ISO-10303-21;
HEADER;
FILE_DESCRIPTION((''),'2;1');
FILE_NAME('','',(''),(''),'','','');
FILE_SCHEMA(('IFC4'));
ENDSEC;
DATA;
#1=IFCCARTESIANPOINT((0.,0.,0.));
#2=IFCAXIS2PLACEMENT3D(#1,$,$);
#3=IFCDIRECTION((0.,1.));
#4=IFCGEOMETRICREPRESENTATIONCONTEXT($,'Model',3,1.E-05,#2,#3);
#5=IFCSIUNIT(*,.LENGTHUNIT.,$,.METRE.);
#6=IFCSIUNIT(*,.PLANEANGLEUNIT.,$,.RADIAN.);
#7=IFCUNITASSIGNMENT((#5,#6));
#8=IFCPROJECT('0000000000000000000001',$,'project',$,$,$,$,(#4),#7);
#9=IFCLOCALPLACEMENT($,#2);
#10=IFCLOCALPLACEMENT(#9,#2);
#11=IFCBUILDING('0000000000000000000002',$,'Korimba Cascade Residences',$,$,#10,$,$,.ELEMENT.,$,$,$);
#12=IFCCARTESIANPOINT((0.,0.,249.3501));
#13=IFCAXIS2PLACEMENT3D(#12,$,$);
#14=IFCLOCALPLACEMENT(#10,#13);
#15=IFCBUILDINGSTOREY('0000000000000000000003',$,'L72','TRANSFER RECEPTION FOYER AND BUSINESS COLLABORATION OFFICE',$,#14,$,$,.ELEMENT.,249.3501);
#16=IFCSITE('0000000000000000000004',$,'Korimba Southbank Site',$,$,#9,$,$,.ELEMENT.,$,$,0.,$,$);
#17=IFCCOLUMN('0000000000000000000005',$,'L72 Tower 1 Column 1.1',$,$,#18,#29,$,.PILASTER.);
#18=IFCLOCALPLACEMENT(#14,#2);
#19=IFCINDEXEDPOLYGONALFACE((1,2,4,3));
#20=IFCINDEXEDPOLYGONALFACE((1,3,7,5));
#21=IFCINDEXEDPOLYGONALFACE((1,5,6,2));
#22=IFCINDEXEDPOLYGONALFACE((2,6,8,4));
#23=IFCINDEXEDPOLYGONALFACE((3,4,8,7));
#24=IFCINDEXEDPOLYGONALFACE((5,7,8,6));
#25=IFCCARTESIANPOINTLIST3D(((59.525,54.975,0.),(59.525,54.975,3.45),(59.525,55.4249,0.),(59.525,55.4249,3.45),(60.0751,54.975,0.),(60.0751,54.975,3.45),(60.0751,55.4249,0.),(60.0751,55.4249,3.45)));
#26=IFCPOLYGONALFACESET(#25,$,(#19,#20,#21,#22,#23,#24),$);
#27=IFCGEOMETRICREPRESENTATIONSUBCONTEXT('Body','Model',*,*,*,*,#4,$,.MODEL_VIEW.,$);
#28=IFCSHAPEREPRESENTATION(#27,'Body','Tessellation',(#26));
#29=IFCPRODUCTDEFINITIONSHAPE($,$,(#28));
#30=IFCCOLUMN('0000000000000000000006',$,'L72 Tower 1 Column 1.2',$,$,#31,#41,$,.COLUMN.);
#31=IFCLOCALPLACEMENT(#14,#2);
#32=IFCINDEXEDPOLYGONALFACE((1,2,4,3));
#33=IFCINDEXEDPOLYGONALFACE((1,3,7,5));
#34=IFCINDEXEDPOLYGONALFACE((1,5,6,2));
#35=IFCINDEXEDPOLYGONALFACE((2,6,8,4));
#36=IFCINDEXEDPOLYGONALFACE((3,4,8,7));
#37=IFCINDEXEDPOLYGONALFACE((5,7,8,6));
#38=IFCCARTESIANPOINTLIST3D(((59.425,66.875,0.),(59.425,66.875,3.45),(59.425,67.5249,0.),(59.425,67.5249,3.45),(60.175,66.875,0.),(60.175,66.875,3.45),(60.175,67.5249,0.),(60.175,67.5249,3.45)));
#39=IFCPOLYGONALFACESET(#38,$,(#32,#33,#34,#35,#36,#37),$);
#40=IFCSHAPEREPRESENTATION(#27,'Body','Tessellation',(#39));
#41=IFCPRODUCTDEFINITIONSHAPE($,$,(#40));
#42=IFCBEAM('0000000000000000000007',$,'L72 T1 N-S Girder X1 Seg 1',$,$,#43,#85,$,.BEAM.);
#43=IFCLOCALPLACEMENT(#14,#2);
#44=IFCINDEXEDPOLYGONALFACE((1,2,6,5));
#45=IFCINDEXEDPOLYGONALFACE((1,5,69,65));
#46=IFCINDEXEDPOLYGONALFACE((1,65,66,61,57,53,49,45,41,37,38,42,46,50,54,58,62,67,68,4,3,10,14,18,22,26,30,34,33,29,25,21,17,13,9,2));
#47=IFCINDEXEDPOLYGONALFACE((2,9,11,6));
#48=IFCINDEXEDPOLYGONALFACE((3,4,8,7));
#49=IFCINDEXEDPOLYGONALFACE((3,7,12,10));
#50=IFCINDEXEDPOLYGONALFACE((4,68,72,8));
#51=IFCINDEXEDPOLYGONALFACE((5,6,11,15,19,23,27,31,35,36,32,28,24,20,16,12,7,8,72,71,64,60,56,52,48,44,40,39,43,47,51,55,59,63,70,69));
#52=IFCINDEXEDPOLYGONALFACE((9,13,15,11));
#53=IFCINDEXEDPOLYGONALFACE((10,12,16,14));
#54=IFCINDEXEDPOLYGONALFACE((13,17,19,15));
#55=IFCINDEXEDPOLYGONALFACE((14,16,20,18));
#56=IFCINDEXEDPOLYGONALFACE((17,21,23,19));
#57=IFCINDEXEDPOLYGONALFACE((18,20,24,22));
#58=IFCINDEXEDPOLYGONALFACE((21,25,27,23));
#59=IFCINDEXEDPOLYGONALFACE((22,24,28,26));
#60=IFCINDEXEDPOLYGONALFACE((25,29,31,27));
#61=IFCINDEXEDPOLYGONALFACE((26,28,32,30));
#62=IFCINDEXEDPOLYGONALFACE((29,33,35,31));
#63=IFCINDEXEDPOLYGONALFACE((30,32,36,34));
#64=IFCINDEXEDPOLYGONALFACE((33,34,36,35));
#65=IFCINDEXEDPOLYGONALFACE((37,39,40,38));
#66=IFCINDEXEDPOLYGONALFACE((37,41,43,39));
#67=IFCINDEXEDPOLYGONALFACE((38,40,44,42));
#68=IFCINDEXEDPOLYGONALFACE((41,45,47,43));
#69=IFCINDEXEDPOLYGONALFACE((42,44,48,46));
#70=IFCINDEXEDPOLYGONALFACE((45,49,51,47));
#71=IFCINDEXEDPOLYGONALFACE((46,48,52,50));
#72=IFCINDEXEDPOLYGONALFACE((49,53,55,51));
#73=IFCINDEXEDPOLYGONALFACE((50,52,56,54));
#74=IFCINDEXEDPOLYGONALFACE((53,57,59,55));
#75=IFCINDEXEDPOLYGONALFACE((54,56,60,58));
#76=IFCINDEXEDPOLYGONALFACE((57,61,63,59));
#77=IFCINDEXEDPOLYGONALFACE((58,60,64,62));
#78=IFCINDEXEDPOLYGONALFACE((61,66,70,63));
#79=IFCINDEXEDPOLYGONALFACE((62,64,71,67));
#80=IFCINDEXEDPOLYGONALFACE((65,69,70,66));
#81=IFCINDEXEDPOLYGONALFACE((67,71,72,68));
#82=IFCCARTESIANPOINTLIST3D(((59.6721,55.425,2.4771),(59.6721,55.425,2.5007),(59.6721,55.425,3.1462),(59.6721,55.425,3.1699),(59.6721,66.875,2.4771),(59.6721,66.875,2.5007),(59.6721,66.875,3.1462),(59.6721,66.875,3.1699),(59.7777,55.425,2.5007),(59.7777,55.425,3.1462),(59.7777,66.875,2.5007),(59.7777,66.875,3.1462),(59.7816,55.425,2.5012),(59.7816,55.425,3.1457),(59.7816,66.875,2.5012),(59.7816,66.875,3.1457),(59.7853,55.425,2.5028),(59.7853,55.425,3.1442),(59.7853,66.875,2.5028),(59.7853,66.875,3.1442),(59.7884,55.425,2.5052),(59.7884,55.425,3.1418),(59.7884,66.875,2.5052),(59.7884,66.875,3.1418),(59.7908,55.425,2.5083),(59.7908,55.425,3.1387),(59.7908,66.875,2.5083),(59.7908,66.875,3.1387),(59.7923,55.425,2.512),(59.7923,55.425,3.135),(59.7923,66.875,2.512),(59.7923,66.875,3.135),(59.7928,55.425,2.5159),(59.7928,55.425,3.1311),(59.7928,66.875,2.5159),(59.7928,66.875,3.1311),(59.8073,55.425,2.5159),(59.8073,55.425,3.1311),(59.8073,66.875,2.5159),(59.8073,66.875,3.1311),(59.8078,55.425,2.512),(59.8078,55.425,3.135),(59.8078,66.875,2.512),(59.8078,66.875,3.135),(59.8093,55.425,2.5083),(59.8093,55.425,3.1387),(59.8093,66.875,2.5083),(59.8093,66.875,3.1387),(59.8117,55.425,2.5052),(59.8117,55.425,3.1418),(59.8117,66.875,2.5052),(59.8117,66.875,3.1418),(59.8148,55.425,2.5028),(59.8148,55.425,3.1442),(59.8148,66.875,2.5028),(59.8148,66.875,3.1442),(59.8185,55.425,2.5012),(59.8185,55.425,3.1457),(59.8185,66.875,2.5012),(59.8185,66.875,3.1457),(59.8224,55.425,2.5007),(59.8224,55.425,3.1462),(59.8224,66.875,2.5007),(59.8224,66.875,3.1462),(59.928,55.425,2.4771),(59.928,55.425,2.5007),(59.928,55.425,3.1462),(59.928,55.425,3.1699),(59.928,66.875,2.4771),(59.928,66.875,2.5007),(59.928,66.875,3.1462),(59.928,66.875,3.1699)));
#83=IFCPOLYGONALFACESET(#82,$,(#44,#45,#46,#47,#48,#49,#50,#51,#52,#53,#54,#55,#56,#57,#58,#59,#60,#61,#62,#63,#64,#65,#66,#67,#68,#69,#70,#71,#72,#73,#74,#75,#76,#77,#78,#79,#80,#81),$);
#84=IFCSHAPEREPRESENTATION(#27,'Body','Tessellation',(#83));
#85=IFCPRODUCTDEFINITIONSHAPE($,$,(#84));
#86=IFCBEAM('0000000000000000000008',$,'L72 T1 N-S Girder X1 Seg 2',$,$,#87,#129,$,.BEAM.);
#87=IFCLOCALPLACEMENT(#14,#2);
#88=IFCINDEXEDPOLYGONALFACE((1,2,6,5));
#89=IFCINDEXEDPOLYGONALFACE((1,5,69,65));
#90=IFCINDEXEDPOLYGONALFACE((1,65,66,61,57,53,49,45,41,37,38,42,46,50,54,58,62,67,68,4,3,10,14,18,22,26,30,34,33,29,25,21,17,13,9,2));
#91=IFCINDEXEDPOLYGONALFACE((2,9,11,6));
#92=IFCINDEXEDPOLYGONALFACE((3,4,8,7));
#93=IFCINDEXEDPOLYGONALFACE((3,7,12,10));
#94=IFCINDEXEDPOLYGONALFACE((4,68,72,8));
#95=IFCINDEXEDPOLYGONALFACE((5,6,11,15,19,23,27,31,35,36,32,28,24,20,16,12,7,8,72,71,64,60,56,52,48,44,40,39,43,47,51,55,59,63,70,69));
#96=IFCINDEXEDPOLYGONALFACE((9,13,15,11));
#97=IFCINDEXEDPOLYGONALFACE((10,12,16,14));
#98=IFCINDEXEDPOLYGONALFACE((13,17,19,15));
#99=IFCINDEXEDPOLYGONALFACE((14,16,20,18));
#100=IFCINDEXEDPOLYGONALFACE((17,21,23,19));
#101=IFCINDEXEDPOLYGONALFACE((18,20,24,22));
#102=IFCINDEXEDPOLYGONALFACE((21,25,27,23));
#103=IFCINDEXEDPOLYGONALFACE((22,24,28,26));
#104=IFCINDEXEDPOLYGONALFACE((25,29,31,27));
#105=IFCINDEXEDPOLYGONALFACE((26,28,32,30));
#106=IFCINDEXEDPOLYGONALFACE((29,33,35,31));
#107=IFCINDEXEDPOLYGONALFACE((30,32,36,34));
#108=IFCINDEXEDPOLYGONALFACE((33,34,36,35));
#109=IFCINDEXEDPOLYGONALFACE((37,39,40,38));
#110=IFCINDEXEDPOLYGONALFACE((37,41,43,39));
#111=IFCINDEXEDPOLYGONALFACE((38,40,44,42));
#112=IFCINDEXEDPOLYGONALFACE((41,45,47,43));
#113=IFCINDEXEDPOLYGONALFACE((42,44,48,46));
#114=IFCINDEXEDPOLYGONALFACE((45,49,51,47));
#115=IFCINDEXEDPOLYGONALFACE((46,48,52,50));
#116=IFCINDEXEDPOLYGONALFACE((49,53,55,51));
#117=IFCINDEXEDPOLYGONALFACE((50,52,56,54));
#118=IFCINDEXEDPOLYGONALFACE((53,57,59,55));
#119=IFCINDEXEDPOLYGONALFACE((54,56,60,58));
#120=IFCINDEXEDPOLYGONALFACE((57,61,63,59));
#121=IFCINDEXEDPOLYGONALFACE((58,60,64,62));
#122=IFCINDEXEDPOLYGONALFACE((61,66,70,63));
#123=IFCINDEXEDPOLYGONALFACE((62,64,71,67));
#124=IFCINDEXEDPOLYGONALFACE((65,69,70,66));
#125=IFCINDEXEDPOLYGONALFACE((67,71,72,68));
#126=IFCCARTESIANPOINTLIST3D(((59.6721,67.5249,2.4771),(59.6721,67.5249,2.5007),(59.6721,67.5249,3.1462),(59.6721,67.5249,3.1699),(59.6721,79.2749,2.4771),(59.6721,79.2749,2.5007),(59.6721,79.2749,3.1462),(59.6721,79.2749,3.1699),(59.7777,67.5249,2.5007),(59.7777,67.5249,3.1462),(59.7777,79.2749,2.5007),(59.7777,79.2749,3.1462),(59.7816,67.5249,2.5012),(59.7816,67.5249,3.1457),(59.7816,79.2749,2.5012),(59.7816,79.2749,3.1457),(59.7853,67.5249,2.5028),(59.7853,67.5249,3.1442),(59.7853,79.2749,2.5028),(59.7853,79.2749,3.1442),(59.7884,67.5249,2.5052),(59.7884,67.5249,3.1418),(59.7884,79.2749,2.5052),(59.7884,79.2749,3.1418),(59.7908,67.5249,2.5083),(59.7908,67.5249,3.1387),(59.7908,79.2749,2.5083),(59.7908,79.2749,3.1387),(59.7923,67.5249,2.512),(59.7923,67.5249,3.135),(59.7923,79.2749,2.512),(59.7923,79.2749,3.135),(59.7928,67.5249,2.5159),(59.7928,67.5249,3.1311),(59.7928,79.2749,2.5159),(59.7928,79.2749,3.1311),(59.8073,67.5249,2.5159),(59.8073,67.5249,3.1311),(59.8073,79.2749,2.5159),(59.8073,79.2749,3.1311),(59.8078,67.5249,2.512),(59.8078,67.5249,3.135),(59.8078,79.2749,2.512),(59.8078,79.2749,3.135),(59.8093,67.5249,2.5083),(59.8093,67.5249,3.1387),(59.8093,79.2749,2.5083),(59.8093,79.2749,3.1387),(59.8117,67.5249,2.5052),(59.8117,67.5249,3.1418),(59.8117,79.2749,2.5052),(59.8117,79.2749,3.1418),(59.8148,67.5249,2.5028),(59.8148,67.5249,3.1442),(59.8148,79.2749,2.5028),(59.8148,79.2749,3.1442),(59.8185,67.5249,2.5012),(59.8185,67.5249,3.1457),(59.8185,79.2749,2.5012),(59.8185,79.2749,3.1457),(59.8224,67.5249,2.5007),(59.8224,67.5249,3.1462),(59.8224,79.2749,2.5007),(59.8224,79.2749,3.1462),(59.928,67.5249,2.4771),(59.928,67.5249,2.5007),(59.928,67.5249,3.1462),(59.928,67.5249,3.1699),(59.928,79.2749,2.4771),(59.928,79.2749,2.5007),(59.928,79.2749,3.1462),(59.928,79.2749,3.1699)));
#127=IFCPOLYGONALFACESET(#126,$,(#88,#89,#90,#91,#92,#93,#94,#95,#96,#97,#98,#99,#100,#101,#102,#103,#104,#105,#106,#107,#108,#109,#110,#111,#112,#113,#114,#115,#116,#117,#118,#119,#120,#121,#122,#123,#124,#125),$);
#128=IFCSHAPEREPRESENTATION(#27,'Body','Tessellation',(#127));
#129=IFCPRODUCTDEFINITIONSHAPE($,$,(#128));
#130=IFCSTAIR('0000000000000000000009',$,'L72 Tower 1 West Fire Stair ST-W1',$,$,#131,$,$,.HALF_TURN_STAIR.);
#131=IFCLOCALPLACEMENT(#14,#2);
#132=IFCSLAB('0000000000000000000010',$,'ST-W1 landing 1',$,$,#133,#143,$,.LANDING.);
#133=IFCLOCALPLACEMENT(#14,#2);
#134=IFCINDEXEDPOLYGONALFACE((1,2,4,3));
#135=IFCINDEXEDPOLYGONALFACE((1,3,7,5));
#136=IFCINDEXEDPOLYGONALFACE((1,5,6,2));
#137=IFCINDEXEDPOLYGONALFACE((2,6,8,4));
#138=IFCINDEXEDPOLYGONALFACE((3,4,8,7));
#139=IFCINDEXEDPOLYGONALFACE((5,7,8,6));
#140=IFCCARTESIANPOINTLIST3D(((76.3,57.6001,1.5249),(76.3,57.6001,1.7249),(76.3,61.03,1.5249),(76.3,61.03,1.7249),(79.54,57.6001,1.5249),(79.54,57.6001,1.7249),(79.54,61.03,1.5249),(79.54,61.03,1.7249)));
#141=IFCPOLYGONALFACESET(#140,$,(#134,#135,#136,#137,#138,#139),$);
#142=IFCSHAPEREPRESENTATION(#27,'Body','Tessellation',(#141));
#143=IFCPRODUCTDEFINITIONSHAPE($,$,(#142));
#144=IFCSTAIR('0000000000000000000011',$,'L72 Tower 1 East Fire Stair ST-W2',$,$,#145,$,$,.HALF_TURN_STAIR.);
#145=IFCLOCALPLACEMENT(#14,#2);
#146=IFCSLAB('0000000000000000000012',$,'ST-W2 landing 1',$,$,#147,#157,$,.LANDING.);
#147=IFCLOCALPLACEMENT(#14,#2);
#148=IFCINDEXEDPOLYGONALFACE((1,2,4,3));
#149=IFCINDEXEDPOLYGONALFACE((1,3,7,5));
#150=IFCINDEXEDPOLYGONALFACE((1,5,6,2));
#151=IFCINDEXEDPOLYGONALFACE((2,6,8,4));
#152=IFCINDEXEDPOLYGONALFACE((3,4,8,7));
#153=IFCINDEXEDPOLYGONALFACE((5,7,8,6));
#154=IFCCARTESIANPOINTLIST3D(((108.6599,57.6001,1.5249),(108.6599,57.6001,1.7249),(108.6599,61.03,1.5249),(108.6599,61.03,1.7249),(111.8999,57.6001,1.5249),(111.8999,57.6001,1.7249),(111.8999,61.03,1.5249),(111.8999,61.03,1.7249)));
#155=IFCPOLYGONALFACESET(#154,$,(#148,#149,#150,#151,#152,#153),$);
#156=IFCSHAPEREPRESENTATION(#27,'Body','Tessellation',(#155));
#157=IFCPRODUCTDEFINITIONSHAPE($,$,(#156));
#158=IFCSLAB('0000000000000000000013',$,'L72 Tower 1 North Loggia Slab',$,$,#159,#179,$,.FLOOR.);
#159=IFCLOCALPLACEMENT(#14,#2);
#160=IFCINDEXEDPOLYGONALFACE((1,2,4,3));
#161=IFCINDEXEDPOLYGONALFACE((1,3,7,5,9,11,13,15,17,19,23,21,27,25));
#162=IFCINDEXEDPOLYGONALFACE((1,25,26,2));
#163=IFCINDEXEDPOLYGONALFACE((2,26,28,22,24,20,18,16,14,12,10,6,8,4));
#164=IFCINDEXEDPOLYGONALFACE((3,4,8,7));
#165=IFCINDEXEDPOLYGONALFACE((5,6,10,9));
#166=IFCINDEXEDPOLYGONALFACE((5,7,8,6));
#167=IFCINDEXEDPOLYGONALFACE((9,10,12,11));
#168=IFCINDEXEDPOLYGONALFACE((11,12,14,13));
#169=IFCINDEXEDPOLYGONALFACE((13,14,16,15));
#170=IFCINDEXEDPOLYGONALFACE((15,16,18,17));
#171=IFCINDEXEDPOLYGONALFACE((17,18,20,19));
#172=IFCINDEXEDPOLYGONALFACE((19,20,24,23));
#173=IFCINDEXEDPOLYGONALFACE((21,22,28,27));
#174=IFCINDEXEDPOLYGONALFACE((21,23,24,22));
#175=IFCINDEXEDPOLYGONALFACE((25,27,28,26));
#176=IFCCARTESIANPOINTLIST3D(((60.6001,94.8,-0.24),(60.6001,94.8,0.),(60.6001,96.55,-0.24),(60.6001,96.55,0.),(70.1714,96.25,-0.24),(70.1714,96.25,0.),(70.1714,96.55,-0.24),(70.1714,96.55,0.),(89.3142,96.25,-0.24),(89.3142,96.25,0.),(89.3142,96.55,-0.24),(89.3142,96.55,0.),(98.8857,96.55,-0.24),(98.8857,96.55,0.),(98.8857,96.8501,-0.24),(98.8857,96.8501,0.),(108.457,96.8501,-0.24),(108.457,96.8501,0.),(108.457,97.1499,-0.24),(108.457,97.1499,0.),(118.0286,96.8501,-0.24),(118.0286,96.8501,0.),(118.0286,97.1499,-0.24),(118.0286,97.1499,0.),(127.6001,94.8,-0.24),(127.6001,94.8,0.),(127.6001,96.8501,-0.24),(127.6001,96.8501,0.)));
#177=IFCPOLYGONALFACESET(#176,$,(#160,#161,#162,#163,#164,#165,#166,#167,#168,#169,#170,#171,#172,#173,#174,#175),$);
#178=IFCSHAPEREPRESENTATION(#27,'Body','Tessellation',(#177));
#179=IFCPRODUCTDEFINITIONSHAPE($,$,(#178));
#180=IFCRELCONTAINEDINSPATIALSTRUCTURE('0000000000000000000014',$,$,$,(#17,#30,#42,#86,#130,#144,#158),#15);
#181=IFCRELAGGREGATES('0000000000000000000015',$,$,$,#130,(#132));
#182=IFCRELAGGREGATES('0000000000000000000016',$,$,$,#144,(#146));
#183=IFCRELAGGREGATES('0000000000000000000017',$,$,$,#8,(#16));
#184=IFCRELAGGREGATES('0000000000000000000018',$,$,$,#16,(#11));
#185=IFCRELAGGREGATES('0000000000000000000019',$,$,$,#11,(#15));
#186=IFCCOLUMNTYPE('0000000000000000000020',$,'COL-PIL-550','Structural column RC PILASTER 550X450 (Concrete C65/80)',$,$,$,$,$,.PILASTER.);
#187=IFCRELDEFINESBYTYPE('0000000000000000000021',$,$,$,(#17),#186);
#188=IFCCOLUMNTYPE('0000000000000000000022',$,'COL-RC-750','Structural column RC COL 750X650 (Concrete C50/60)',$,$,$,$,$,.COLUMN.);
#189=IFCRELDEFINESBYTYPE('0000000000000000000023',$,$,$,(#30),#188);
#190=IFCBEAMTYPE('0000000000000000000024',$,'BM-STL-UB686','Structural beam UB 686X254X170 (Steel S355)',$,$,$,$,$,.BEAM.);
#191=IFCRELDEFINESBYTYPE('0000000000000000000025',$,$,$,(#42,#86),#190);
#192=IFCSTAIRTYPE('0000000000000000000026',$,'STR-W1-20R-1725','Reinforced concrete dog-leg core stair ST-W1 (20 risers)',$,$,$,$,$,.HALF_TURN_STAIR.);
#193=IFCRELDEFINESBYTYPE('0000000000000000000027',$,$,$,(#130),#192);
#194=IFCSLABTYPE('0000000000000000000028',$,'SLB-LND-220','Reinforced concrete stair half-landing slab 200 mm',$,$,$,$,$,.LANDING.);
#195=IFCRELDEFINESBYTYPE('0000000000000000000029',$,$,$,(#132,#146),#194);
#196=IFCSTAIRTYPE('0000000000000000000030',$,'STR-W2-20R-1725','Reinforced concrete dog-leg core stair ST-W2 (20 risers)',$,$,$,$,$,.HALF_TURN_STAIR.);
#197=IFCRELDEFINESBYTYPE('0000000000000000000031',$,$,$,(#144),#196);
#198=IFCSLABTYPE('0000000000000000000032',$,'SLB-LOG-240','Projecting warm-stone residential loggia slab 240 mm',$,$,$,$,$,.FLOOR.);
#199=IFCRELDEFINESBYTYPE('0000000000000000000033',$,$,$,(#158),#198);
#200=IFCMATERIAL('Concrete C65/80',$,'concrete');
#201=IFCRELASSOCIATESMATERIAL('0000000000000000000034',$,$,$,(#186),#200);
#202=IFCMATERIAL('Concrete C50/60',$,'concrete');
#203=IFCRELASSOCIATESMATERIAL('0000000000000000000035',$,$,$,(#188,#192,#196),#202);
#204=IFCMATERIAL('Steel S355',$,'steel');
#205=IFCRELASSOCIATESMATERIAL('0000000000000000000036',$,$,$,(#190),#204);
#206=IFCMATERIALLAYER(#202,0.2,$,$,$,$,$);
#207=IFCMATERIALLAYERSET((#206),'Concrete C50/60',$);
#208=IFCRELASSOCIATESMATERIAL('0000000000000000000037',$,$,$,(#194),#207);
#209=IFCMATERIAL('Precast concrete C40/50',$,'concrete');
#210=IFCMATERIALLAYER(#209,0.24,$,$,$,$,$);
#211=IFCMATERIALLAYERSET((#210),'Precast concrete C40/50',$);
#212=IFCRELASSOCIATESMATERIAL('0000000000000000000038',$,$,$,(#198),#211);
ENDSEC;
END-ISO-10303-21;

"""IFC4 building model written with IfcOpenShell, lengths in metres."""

from ifc_helpers import new_model, si_unit, direction, frame, origin, origin_2d, place, context, subcontext, project, spatial, polyline, rectangle, i_section, outline, extrude, material, layer, layer_set, material_profile, profile_set, type_object, element, aggregate, save


model = new_model("IFC4")

# Units and contexts
model_context = context("Model", 3, precision=1e-05, world=origin(), true_north=direction((0.0, 1.0)))
body_context = subcontext(model_context, "Body", "Model", "MODEL_VIEW")
ifc_project = project(units=[si_unit("LENGTHUNIT", "METRE"), si_unit("PLANEANGLEUNIT", "RADIAN")], contexts=[model_context])

# Site, building, storey
site_placement = place(None, origin())
site = spatial("IfcSite", under=ifc_project, at=site_placement, Name="Korimba Southbank Site", CompositionType="ELEMENT", RefElevation=0.0)
building_placement = place(site_placement, origin())
building = spatial("IfcBuilding", under=site, at=building_placement, Name="Korimba Cascade Residences", CompositionType="ELEMENT")
storey_placement = place(building_placement, frame((0.0, 0.0, 249.3501)))
storey = spatial("IfcBuildingStorey", under=building, at=storey_placement, Name="L72", Description="TRANSFER RECEPTION FOYER AND BUSINESS COLLABORATION OFFICE", CompositionType="ELEMENT", Elevation=249.3501)

# Columns
ifc_material_1 = material(Name="Concrete C65/80", Category="concrete")
ifc_material_profile_1 = material_profile(ifc_material_1, rectangle(XDim=0.55, YDim=0.45, at=origin_2d()), Name="Concrete C65/80")
ifc_profile_set_1 = profile_set([ifc_material_profile_1], Name="Concrete C65/80")
column_type_1 = type_object("IfcColumnType", Name="COL-PIL-550", Description="Structural column RC PILASTER 550X450 (Concrete C65/80)", PredefinedType="PILASTER", material=ifc_profile_set_1)
column_1_placement = place(storey_placement, frame((59.8, 55.2, 0.0), z_axis=(0.0, 0.0, 1.0), x_axis=(1.0, 0.0, 0.0)))
element("IfcColumn", 1, at=column_1_placement, inside=storey, type_object=column_type_1, Name="L72 Tower 1 Column 1.1", PredefinedType="PILASTER", context=body_context, shape_type="SweptSolid", body=[
    extrude(rectangle(XDim=0.55, YDim=0.45, at=origin_2d()), origin(), (0.0, 0.0, 1.0), 3.45),
])
ifc_material_2 = material(Name="Concrete C50/60", Category="concrete")
ifc_material_profile_2 = material_profile(ifc_material_2, rectangle(XDim=0.75, YDim=0.6499, at=origin_2d()), Name="Concrete C50/60")
ifc_profile_set_2 = profile_set([ifc_material_profile_2], Name="Concrete C50/60")
column_type_2 = type_object("IfcColumnType", Name="COL-RC-750", Description="Structural column RC COL 750X650 (Concrete C50/60)", PredefinedType="COLUMN", material=ifc_profile_set_2)
column_2_placement = place(storey_placement, frame((59.8, 67.2, 0.0), z_axis=(0.0, 0.0, 1.0), x_axis=(1.0, 0.0, 0.0)))
element("IfcColumn", 2, at=column_2_placement, inside=storey, type_object=column_type_2, Name="L72 Tower 1 Column 1.2", PredefinedType="COLUMN", context=body_context, shape_type="SweptSolid", body=[
    extrude(rectangle(XDim=0.75, YDim=0.6499, at=origin_2d()), origin(), (0.0, 0.0, 1.0), 3.45),
])

# Beams
ifc_material_3 = material(Name="Steel S355", Category="steel")
ifc_material_profile_3 = material_profile(ifc_material_3, i_section(OverallWidth=0.2559, OverallDepth=0.6929, WebThickness=0.0144, FlangeThickness=0.0237, FilletRadius=0.0151, at=origin_2d()), Name="Steel S355")
ifc_profile_set_3 = profile_set([ifc_material_profile_3], Name="Steel S355")
beam_type = type_object("IfcBeamType", Name="BM-STL-UB686", Description="Structural beam UB 686X254X170 (Steel S355)", PredefinedType="BEAM", material=ifc_profile_set_3)
beam_1_placement = place(storey_placement, frame((59.8, 55.425, 2.8235), z_axis=(0.0, 1.0, 0.0), x_axis=(-1.0, 0.0, 0.0)))
element("IfcBeam", 3, at=beam_1_placement, inside=storey, type_object=beam_type, Name="L72 T1 N-S Girder X1 Seg 1", PredefinedType="BEAM", context=body_context, shape_type="SweptSolid", body=[
    extrude(i_section(OverallWidth=0.2559, OverallDepth=0.6929, WebThickness=0.0144, FlangeThickness=0.0237, FilletRadius=0.0151, at=origin_2d()), origin(), (0.0, 0.0, 1.0), 11.45),
])
beam_2_placement = place(storey_placement, frame((59.8, 67.5249, 2.8235), z_axis=(0.0, 1.0, 0.0), x_axis=(-1.0, 0.0, 0.0)))
element("IfcBeam", 4, at=beam_2_placement, inside=storey, type_object=beam_type, Name="L72 T1 N-S Girder X1 Seg 2", PredefinedType="BEAM", context=body_context, shape_type="SweptSolid", body=[
    extrude(i_section(OverallWidth=0.2559, OverallDepth=0.6929, WebThickness=0.0144, FlangeThickness=0.0237, FilletRadius=0.0151, at=origin_2d()), origin(), (0.0, 0.0, 1.0), 11.75),
])

# Stairs, slabs
stair_type_1 = type_object("IfcStairType", Name="STR-W1-20R-1725", Description="Reinforced concrete dog-leg core stair ST-W1 (20 risers)", PredefinedType="HALF_TURN_STAIR", material=ifc_material_2)
stair_1_placement = place(storey_placement, origin())
stair_1 = element("IfcStair", 5, at=stair_1_placement, inside=storey, type_object=stair_type_1, Name="L72 Tower 1 West Fire Stair ST-W1", PredefinedType="HALF_TURN_STAIR")
ifc_layer_1 = layer(ifc_material_2, 0.2)
ifc_layer_set_1 = layer_set([ifc_layer_1], Name="Concrete C50/60")
slab_type_1 = type_object("IfcSlabType", Name="SLB-LND-220", Description="Reinforced concrete stair half-landing slab 200 mm", PredefinedType="LANDING", material=ifc_layer_set_1)
slab_1_placement = place(storey_placement, frame((0.0, 0.0, 1.5249)))
slab_1 = element("IfcSlab", 6, at=slab_1_placement, type_object=slab_type_1, Name="ST-W1 landing 1", PredefinedType="LANDING", context=body_context, shape_type="SweptSolid", body=[
    extrude(outline(polyline([(76.3, 61.03), (76.3, 57.6001), (79.54, 57.6001), (79.54, 61.03), (76.3, 61.03)])), origin(), (0.0, 0.0, 1.0), 0.2),
])
aggregate(stair_1, [slab_1])
stair_type_2 = type_object("IfcStairType", Name="STR-W2-20R-1725", Description="Reinforced concrete dog-leg core stair ST-W2 (20 risers)", PredefinedType="HALF_TURN_STAIR", material=ifc_material_2)
stair_2_placement = place(storey_placement, origin())
stair_2 = element("IfcStair", 7, at=stair_2_placement, inside=storey, type_object=stair_type_2, Name="L72 Tower 1 East Fire Stair ST-W2", PredefinedType="HALF_TURN_STAIR")
slab_2_placement = place(storey_placement, frame((0.0, 0.0, 1.5249)))
slab_2 = element("IfcSlab", 8, at=slab_2_placement, type_object=slab_type_1, Name="ST-W2 landing 1", PredefinedType="LANDING", context=body_context, shape_type="SweptSolid", body=[
    extrude(outline(polyline([(108.6599, 61.03), (108.6599, 57.6001), (111.8999, 57.6001), (111.8999, 61.03), (108.6599, 61.03)])), origin(), (0.0, 0.0, 1.0), 0.2),
])
aggregate(stair_2, [slab_2])

# Slab
ifc_material_4 = material(Name="Precast concrete C40/50", Category="concrete")
ifc_layer_2 = layer(ifc_material_4, 0.24)
ifc_layer_set_2 = layer_set([ifc_layer_2], Name="Precast concrete C40/50")
slab_type_2 = type_object("IfcSlabType", Name="SLB-LOG-240", Description="Projecting warm-stone residential loggia slab 240 mm", PredefinedType="FLOOR", material=ifc_layer_set_2)
slab_3_placement = place(storey_placement, frame((0.0, 0.0, -0.24)))
element("IfcSlab", 9, at=slab_3_placement, inside=storey, type_object=slab_type_2, Name="L72 Tower 1 North Loggia Slab", PredefinedType="FLOOR", context=body_context, shape_type="SweptSolid", body=[
    extrude(outline(polyline([(60.6001, 94.8), (127.6001, 94.8), (127.6001, 96.8501), (118.0286, 96.8501), (118.0286, 97.1499), (108.457, 97.1499), (108.457, 96.8501), (98.8857, 96.8501), (98.8857, 96.55), (89.3142, 96.55), (89.3142, 96.25), (70.1714, 96.25), (70.1714, 96.55), (60.6001, 96.55), (60.6001, 94.8)])), origin(), (0.0, 0.0, 1.0), 0.24),
])

save(model, "model.ifc")
